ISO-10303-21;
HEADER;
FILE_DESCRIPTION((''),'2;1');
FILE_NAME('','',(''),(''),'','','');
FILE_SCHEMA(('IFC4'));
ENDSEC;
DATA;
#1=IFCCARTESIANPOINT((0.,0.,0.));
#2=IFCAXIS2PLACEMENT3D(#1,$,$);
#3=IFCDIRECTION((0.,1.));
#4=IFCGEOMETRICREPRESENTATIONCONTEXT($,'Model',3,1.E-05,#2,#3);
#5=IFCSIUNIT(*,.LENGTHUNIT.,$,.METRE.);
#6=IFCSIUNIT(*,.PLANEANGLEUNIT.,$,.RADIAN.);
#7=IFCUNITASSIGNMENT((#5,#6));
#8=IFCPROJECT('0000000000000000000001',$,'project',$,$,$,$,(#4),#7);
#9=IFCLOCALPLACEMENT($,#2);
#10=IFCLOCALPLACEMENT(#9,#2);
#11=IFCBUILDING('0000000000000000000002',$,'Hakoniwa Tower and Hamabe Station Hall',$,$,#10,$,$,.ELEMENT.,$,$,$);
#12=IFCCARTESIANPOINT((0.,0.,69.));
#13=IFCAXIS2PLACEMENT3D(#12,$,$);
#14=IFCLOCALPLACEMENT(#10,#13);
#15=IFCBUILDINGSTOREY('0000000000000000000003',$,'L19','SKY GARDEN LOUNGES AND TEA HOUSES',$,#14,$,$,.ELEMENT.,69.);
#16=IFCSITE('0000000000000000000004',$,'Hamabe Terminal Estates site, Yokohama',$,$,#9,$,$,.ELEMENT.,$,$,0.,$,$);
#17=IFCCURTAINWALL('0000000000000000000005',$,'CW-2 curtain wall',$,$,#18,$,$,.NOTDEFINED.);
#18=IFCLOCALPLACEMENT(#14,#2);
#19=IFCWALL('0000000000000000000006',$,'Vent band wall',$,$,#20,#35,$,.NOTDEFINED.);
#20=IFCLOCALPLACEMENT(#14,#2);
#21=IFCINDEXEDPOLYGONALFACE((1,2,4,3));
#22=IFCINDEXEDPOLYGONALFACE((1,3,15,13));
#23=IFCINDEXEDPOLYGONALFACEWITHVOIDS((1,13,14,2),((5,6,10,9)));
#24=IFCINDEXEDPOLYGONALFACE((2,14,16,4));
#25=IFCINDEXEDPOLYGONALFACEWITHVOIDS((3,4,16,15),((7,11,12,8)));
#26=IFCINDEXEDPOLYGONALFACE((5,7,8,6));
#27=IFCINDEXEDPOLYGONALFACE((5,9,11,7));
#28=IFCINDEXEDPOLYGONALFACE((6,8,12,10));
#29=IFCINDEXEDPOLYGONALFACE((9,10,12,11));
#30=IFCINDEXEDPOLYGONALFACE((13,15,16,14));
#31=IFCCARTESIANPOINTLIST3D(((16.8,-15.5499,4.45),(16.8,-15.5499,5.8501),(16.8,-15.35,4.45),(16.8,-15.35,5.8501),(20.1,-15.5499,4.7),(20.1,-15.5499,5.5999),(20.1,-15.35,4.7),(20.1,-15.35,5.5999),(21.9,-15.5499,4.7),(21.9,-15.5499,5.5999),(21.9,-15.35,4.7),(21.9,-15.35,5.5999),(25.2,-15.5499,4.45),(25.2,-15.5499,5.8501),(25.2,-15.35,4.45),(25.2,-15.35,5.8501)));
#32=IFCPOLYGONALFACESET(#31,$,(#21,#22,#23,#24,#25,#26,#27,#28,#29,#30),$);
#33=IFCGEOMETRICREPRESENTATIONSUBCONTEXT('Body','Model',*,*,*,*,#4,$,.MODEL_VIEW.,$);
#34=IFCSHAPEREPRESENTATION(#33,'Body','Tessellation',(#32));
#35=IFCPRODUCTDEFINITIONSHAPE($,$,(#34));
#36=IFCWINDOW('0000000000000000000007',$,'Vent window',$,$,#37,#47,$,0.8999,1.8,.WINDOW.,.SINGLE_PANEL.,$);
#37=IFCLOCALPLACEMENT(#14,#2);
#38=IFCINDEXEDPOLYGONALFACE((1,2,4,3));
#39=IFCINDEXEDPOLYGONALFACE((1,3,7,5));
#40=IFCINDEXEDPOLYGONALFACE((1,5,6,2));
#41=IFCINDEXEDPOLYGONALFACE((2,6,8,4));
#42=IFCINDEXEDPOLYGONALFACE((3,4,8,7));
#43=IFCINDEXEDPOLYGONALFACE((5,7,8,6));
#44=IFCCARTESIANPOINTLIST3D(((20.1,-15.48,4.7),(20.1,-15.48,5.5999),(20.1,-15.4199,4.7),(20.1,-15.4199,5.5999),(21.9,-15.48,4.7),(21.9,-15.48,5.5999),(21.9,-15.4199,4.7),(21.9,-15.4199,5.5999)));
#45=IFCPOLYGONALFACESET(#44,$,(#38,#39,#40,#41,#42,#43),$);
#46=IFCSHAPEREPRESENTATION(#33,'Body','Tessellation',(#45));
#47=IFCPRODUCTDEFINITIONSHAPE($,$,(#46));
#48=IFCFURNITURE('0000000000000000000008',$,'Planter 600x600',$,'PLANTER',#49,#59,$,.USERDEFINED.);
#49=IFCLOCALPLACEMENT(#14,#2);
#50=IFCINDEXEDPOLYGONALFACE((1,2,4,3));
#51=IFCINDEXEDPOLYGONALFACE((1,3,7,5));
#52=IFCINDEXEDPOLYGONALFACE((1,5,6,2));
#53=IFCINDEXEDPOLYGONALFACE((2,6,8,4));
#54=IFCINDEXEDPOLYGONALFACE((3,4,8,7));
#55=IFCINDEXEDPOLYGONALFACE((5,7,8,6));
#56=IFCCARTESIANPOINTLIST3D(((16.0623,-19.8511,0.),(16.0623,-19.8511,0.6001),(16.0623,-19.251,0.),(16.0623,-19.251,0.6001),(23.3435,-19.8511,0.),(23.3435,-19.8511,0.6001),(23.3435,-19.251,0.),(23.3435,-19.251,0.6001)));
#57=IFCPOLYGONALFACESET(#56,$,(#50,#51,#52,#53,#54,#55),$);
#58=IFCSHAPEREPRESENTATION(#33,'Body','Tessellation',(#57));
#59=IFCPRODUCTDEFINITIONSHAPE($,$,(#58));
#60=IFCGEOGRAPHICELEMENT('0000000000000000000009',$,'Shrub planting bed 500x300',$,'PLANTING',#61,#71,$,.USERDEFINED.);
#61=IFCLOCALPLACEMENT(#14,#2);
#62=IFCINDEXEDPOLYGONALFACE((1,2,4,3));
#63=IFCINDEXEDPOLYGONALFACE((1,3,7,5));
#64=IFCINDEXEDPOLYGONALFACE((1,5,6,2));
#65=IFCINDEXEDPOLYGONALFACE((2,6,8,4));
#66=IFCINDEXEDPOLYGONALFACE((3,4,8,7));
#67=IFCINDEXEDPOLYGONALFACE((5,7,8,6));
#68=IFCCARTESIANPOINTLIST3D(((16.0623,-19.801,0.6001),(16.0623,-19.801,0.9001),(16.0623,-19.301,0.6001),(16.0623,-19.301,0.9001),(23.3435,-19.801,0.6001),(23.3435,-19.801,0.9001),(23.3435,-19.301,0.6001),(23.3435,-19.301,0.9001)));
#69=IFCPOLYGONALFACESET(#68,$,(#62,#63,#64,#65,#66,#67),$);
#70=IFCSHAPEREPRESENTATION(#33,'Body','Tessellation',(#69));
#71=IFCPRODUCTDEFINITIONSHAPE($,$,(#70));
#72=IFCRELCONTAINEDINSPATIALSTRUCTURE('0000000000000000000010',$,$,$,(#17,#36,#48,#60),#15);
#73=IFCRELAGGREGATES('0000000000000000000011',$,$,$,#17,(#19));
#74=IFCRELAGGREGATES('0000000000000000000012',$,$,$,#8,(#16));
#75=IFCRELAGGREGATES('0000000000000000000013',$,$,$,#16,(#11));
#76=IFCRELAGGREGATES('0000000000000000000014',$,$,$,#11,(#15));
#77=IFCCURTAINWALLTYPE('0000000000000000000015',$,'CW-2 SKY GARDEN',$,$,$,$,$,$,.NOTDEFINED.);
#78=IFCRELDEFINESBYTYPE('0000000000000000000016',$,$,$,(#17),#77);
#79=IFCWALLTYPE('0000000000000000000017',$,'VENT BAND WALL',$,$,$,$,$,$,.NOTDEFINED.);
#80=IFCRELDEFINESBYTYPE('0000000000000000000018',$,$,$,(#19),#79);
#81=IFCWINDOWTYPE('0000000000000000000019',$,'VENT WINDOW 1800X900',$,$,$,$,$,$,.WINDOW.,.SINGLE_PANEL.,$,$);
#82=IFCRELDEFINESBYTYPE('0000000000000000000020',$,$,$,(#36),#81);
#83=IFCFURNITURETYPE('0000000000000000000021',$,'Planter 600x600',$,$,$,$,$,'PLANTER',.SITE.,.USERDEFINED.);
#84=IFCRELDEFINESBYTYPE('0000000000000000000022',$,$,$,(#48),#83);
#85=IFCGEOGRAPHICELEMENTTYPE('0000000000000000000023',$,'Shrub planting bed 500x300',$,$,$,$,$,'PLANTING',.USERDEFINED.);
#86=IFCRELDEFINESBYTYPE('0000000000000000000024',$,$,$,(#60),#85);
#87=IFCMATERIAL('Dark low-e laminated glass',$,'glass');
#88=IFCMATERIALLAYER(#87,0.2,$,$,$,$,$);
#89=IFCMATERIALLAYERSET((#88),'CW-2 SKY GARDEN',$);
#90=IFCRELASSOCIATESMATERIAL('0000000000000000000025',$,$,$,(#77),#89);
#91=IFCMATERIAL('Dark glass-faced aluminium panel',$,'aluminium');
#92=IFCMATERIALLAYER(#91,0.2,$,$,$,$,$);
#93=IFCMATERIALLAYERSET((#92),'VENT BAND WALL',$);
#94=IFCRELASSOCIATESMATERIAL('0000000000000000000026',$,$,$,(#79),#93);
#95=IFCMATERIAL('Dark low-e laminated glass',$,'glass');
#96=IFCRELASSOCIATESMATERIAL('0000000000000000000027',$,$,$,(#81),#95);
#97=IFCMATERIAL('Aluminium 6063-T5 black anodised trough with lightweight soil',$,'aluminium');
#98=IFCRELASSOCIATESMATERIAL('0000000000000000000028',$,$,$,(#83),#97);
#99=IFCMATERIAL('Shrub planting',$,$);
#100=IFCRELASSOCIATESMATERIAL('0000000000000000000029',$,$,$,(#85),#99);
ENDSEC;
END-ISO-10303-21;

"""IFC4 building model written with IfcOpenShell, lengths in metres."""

from ifc_helpers import new_model, si_unit, direction, frame, frame_2d, origin, origin_2d, place, context, subcontext, project, spatial, rectangle, extrude, material, layer, layer_set, type_object, element, fill, aggregate, save


model = new_model("IFC4")

# Units and contexts
model_context = context("Model", 3, precision=1e-05, world=origin(), true_north=direction((0.0, 1.0)))
body_context = subcontext(model_context, "Body", "Model", "MODEL_VIEW")
ifc_project = project(units=[si_unit("LENGTHUNIT", "METRE"), si_unit("PLANEANGLEUNIT", "RADIAN")], contexts=[model_context])

# Site, building, storey
site_placement = place(None, origin())
site = spatial("IfcSite", under=ifc_project, at=site_placement, Name="Hamabe Terminal Estates site, Yokohama", CompositionType="ELEMENT", RefElevation=0.0)
building_placement = place(site_placement, origin())
building = spatial("IfcBuilding", under=site, at=building_placement, Name="Hakoniwa Tower and Hamabe Station Hall", CompositionType="ELEMENT")
storey_placement = place(building_placement, frame((0.0, 0.0, 69.0)))
storey = spatial("IfcBuildingStorey", under=building, at=storey_placement, Name="L19", Description="SKY GARDEN LOUNGES AND TEA HOUSES", CompositionType="ELEMENT", Elevation=69.0)

# Curtain wall
ifc_material_1 = material(Name="Dark low-e laminated glass", Category="glass")
ifc_layer_1 = layer(ifc_material_1, 0.2)
ifc_layer_set_1 = layer_set([ifc_layer_1], Name="CW-2 SKY GARDEN")
curtain_wall_type = type_object("IfcCurtainWallType", Name="CW-2 SKY GARDEN", PredefinedType="NOTDEFINED", material=ifc_layer_set_1)
curtain_wall_placement = place(storey_placement, origin())
curtain_wall = element("IfcCurtainWall", 1, at=curtain_wall_placement, inside=storey, type_object=curtain_wall_type, Name="CW-2 curtain wall", PredefinedType="NOTDEFINED")

# Wall, opening, window
ifc_material_2 = material(Name="Dark glass-faced aluminium panel", Category="aluminium")
ifc_layer_2 = layer(ifc_material_2, 0.2)
ifc_layer_set_2 = layer_set([ifc_layer_2], Name="VENT BAND WALL")
wall_type_1 = type_object("IfcWallType", Name="VENT BAND WALL", PredefinedType="NOTDEFINED", material=ifc_layer_set_2)
wall_1_placement = place(storey_placement, frame((16.8, -15.45, 4.45), z_axis=(0.0, 0.0, 1.0), x_axis=(1.0, 0.0, 0.0)))
wall_1 = element("IfcWall", 2, at=wall_1_placement, type_object=wall_type_1, Name="Vent band wall", PredefinedType="NOTDEFINED", context=body_context, shape_type="SweptSolid", body=[
    extrude(rectangle(XDim=8.3999, YDim=0.2, at=frame_2d((4.2, 0.0))), origin(), (0.0, 0.0, 1.0), 1.4001),
])
opening_1_placement = place(wall_1_placement, frame((3.3, 0.0, 0.25)))
opening_1 = element("IfcOpeningElement", 3, at=opening_1_placement, cuts=wall_1, PredefinedType="OPENING", context=body_context, shape_type="SweptSolid", body=[
    extrude(rectangle(XDim=1.8, YDim=0.8999, at=frame_2d((0.8999, 0.45))), frame((0.0, 0.1099, 0.0), z_axis=(0.0, -1.0, 0.0), x_axis=(1.0, 0.0, 0.0)), (0.0, 0.0, 1.0), 0.22),
])
ifc_material_3 = material(Name="Dark low-e laminated glass", Category="glass")
window_type = type_object("IfcWindowType", Name="VENT WINDOW 1800X900", PartitioningType="SINGLE_PANEL", PredefinedType="WINDOW", material=ifc_material_3)
window_placement = place(opening_1_placement, origin())
window = element("IfcWindow", 4, at=window_placement, inside=storey, type_object=window_type, Name="Vent window", OverallHeight=0.8999, OverallWidth=1.8, PartitioningType="SINGLE_PANEL", PredefinedType="WINDOW", context=body_context, shape_type="SweptSolid", body=[
    extrude(rectangle(XDim=1.8, YDim=0.8999, at=frame_2d((0.8999, 0.45))), frame((0.0, 0.03, 0.0), z_axis=(0.0, -1.0, 0.0), x_axis=(1.0, 0.0, 0.0)), (0.0, 0.0, 1.0), 0.0601),
])
fill(opening_1, window)
aggregate(curtain_wall, [wall_1])

# Furniture
ifc_material_4 = material(Name="Aluminium 6063-T5 black anodised trough with lightweight soil", Category="aluminium")
furniture_type = type_object("IfcFurnitureType", Name="Planter 600x600", ElementType="PLANTER", AssemblyPlace="SITE", PredefinedType="USERDEFINED", material=ifc_material_4)
furniture_placement = place(storey_placement, frame((19.7029, -19.551, 0.0), z_axis=(0.0, 0.0, 1.0), x_axis=(1.0, 0.0, 0.0)))
element("IfcFurniture", 5, at=furniture_placement, inside=storey, type_object=furniture_type, Name="Planter 600x600", ObjectType="PLANTER", PredefinedType="USERDEFINED", context=body_context, shape_type="SweptSolid", body=[
    extrude(rectangle(XDim=7.2812, YDim=0.6001, at=origin_2d()), origin(), (0.0, 0.0, 1.0), 0.6001),
])

# Geographic element
ifc_material_5 = material(Name="Shrub planting")
geographic_element_type = type_object("IfcGeographicElementType", Name="Shrub planting bed 500x300", ElementType="PLANTING", PredefinedType="USERDEFINED", material=ifc_material_5)
geographic_element_placement = place(storey_placement, frame((19.7029, -19.551, 0.6001), z_axis=(0.0, 0.0, 1.0), x_axis=(1.0, 0.0, 0.0)))
element("IfcGeographicElement", 6, at=geographic_element_placement, inside=storey, type_object=geographic_element_type, Name="Shrub planting bed 500x300", ObjectType="PLANTING", PredefinedType="USERDEFINED", context=body_context, shape_type="SweptSolid", body=[
    extrude(rectangle(XDim=7.2812, YDim=0.5, at=origin_2d()), origin(), (0.0, 0.0, 1.0), 0.3),
])

save(model, "model.ifc")
